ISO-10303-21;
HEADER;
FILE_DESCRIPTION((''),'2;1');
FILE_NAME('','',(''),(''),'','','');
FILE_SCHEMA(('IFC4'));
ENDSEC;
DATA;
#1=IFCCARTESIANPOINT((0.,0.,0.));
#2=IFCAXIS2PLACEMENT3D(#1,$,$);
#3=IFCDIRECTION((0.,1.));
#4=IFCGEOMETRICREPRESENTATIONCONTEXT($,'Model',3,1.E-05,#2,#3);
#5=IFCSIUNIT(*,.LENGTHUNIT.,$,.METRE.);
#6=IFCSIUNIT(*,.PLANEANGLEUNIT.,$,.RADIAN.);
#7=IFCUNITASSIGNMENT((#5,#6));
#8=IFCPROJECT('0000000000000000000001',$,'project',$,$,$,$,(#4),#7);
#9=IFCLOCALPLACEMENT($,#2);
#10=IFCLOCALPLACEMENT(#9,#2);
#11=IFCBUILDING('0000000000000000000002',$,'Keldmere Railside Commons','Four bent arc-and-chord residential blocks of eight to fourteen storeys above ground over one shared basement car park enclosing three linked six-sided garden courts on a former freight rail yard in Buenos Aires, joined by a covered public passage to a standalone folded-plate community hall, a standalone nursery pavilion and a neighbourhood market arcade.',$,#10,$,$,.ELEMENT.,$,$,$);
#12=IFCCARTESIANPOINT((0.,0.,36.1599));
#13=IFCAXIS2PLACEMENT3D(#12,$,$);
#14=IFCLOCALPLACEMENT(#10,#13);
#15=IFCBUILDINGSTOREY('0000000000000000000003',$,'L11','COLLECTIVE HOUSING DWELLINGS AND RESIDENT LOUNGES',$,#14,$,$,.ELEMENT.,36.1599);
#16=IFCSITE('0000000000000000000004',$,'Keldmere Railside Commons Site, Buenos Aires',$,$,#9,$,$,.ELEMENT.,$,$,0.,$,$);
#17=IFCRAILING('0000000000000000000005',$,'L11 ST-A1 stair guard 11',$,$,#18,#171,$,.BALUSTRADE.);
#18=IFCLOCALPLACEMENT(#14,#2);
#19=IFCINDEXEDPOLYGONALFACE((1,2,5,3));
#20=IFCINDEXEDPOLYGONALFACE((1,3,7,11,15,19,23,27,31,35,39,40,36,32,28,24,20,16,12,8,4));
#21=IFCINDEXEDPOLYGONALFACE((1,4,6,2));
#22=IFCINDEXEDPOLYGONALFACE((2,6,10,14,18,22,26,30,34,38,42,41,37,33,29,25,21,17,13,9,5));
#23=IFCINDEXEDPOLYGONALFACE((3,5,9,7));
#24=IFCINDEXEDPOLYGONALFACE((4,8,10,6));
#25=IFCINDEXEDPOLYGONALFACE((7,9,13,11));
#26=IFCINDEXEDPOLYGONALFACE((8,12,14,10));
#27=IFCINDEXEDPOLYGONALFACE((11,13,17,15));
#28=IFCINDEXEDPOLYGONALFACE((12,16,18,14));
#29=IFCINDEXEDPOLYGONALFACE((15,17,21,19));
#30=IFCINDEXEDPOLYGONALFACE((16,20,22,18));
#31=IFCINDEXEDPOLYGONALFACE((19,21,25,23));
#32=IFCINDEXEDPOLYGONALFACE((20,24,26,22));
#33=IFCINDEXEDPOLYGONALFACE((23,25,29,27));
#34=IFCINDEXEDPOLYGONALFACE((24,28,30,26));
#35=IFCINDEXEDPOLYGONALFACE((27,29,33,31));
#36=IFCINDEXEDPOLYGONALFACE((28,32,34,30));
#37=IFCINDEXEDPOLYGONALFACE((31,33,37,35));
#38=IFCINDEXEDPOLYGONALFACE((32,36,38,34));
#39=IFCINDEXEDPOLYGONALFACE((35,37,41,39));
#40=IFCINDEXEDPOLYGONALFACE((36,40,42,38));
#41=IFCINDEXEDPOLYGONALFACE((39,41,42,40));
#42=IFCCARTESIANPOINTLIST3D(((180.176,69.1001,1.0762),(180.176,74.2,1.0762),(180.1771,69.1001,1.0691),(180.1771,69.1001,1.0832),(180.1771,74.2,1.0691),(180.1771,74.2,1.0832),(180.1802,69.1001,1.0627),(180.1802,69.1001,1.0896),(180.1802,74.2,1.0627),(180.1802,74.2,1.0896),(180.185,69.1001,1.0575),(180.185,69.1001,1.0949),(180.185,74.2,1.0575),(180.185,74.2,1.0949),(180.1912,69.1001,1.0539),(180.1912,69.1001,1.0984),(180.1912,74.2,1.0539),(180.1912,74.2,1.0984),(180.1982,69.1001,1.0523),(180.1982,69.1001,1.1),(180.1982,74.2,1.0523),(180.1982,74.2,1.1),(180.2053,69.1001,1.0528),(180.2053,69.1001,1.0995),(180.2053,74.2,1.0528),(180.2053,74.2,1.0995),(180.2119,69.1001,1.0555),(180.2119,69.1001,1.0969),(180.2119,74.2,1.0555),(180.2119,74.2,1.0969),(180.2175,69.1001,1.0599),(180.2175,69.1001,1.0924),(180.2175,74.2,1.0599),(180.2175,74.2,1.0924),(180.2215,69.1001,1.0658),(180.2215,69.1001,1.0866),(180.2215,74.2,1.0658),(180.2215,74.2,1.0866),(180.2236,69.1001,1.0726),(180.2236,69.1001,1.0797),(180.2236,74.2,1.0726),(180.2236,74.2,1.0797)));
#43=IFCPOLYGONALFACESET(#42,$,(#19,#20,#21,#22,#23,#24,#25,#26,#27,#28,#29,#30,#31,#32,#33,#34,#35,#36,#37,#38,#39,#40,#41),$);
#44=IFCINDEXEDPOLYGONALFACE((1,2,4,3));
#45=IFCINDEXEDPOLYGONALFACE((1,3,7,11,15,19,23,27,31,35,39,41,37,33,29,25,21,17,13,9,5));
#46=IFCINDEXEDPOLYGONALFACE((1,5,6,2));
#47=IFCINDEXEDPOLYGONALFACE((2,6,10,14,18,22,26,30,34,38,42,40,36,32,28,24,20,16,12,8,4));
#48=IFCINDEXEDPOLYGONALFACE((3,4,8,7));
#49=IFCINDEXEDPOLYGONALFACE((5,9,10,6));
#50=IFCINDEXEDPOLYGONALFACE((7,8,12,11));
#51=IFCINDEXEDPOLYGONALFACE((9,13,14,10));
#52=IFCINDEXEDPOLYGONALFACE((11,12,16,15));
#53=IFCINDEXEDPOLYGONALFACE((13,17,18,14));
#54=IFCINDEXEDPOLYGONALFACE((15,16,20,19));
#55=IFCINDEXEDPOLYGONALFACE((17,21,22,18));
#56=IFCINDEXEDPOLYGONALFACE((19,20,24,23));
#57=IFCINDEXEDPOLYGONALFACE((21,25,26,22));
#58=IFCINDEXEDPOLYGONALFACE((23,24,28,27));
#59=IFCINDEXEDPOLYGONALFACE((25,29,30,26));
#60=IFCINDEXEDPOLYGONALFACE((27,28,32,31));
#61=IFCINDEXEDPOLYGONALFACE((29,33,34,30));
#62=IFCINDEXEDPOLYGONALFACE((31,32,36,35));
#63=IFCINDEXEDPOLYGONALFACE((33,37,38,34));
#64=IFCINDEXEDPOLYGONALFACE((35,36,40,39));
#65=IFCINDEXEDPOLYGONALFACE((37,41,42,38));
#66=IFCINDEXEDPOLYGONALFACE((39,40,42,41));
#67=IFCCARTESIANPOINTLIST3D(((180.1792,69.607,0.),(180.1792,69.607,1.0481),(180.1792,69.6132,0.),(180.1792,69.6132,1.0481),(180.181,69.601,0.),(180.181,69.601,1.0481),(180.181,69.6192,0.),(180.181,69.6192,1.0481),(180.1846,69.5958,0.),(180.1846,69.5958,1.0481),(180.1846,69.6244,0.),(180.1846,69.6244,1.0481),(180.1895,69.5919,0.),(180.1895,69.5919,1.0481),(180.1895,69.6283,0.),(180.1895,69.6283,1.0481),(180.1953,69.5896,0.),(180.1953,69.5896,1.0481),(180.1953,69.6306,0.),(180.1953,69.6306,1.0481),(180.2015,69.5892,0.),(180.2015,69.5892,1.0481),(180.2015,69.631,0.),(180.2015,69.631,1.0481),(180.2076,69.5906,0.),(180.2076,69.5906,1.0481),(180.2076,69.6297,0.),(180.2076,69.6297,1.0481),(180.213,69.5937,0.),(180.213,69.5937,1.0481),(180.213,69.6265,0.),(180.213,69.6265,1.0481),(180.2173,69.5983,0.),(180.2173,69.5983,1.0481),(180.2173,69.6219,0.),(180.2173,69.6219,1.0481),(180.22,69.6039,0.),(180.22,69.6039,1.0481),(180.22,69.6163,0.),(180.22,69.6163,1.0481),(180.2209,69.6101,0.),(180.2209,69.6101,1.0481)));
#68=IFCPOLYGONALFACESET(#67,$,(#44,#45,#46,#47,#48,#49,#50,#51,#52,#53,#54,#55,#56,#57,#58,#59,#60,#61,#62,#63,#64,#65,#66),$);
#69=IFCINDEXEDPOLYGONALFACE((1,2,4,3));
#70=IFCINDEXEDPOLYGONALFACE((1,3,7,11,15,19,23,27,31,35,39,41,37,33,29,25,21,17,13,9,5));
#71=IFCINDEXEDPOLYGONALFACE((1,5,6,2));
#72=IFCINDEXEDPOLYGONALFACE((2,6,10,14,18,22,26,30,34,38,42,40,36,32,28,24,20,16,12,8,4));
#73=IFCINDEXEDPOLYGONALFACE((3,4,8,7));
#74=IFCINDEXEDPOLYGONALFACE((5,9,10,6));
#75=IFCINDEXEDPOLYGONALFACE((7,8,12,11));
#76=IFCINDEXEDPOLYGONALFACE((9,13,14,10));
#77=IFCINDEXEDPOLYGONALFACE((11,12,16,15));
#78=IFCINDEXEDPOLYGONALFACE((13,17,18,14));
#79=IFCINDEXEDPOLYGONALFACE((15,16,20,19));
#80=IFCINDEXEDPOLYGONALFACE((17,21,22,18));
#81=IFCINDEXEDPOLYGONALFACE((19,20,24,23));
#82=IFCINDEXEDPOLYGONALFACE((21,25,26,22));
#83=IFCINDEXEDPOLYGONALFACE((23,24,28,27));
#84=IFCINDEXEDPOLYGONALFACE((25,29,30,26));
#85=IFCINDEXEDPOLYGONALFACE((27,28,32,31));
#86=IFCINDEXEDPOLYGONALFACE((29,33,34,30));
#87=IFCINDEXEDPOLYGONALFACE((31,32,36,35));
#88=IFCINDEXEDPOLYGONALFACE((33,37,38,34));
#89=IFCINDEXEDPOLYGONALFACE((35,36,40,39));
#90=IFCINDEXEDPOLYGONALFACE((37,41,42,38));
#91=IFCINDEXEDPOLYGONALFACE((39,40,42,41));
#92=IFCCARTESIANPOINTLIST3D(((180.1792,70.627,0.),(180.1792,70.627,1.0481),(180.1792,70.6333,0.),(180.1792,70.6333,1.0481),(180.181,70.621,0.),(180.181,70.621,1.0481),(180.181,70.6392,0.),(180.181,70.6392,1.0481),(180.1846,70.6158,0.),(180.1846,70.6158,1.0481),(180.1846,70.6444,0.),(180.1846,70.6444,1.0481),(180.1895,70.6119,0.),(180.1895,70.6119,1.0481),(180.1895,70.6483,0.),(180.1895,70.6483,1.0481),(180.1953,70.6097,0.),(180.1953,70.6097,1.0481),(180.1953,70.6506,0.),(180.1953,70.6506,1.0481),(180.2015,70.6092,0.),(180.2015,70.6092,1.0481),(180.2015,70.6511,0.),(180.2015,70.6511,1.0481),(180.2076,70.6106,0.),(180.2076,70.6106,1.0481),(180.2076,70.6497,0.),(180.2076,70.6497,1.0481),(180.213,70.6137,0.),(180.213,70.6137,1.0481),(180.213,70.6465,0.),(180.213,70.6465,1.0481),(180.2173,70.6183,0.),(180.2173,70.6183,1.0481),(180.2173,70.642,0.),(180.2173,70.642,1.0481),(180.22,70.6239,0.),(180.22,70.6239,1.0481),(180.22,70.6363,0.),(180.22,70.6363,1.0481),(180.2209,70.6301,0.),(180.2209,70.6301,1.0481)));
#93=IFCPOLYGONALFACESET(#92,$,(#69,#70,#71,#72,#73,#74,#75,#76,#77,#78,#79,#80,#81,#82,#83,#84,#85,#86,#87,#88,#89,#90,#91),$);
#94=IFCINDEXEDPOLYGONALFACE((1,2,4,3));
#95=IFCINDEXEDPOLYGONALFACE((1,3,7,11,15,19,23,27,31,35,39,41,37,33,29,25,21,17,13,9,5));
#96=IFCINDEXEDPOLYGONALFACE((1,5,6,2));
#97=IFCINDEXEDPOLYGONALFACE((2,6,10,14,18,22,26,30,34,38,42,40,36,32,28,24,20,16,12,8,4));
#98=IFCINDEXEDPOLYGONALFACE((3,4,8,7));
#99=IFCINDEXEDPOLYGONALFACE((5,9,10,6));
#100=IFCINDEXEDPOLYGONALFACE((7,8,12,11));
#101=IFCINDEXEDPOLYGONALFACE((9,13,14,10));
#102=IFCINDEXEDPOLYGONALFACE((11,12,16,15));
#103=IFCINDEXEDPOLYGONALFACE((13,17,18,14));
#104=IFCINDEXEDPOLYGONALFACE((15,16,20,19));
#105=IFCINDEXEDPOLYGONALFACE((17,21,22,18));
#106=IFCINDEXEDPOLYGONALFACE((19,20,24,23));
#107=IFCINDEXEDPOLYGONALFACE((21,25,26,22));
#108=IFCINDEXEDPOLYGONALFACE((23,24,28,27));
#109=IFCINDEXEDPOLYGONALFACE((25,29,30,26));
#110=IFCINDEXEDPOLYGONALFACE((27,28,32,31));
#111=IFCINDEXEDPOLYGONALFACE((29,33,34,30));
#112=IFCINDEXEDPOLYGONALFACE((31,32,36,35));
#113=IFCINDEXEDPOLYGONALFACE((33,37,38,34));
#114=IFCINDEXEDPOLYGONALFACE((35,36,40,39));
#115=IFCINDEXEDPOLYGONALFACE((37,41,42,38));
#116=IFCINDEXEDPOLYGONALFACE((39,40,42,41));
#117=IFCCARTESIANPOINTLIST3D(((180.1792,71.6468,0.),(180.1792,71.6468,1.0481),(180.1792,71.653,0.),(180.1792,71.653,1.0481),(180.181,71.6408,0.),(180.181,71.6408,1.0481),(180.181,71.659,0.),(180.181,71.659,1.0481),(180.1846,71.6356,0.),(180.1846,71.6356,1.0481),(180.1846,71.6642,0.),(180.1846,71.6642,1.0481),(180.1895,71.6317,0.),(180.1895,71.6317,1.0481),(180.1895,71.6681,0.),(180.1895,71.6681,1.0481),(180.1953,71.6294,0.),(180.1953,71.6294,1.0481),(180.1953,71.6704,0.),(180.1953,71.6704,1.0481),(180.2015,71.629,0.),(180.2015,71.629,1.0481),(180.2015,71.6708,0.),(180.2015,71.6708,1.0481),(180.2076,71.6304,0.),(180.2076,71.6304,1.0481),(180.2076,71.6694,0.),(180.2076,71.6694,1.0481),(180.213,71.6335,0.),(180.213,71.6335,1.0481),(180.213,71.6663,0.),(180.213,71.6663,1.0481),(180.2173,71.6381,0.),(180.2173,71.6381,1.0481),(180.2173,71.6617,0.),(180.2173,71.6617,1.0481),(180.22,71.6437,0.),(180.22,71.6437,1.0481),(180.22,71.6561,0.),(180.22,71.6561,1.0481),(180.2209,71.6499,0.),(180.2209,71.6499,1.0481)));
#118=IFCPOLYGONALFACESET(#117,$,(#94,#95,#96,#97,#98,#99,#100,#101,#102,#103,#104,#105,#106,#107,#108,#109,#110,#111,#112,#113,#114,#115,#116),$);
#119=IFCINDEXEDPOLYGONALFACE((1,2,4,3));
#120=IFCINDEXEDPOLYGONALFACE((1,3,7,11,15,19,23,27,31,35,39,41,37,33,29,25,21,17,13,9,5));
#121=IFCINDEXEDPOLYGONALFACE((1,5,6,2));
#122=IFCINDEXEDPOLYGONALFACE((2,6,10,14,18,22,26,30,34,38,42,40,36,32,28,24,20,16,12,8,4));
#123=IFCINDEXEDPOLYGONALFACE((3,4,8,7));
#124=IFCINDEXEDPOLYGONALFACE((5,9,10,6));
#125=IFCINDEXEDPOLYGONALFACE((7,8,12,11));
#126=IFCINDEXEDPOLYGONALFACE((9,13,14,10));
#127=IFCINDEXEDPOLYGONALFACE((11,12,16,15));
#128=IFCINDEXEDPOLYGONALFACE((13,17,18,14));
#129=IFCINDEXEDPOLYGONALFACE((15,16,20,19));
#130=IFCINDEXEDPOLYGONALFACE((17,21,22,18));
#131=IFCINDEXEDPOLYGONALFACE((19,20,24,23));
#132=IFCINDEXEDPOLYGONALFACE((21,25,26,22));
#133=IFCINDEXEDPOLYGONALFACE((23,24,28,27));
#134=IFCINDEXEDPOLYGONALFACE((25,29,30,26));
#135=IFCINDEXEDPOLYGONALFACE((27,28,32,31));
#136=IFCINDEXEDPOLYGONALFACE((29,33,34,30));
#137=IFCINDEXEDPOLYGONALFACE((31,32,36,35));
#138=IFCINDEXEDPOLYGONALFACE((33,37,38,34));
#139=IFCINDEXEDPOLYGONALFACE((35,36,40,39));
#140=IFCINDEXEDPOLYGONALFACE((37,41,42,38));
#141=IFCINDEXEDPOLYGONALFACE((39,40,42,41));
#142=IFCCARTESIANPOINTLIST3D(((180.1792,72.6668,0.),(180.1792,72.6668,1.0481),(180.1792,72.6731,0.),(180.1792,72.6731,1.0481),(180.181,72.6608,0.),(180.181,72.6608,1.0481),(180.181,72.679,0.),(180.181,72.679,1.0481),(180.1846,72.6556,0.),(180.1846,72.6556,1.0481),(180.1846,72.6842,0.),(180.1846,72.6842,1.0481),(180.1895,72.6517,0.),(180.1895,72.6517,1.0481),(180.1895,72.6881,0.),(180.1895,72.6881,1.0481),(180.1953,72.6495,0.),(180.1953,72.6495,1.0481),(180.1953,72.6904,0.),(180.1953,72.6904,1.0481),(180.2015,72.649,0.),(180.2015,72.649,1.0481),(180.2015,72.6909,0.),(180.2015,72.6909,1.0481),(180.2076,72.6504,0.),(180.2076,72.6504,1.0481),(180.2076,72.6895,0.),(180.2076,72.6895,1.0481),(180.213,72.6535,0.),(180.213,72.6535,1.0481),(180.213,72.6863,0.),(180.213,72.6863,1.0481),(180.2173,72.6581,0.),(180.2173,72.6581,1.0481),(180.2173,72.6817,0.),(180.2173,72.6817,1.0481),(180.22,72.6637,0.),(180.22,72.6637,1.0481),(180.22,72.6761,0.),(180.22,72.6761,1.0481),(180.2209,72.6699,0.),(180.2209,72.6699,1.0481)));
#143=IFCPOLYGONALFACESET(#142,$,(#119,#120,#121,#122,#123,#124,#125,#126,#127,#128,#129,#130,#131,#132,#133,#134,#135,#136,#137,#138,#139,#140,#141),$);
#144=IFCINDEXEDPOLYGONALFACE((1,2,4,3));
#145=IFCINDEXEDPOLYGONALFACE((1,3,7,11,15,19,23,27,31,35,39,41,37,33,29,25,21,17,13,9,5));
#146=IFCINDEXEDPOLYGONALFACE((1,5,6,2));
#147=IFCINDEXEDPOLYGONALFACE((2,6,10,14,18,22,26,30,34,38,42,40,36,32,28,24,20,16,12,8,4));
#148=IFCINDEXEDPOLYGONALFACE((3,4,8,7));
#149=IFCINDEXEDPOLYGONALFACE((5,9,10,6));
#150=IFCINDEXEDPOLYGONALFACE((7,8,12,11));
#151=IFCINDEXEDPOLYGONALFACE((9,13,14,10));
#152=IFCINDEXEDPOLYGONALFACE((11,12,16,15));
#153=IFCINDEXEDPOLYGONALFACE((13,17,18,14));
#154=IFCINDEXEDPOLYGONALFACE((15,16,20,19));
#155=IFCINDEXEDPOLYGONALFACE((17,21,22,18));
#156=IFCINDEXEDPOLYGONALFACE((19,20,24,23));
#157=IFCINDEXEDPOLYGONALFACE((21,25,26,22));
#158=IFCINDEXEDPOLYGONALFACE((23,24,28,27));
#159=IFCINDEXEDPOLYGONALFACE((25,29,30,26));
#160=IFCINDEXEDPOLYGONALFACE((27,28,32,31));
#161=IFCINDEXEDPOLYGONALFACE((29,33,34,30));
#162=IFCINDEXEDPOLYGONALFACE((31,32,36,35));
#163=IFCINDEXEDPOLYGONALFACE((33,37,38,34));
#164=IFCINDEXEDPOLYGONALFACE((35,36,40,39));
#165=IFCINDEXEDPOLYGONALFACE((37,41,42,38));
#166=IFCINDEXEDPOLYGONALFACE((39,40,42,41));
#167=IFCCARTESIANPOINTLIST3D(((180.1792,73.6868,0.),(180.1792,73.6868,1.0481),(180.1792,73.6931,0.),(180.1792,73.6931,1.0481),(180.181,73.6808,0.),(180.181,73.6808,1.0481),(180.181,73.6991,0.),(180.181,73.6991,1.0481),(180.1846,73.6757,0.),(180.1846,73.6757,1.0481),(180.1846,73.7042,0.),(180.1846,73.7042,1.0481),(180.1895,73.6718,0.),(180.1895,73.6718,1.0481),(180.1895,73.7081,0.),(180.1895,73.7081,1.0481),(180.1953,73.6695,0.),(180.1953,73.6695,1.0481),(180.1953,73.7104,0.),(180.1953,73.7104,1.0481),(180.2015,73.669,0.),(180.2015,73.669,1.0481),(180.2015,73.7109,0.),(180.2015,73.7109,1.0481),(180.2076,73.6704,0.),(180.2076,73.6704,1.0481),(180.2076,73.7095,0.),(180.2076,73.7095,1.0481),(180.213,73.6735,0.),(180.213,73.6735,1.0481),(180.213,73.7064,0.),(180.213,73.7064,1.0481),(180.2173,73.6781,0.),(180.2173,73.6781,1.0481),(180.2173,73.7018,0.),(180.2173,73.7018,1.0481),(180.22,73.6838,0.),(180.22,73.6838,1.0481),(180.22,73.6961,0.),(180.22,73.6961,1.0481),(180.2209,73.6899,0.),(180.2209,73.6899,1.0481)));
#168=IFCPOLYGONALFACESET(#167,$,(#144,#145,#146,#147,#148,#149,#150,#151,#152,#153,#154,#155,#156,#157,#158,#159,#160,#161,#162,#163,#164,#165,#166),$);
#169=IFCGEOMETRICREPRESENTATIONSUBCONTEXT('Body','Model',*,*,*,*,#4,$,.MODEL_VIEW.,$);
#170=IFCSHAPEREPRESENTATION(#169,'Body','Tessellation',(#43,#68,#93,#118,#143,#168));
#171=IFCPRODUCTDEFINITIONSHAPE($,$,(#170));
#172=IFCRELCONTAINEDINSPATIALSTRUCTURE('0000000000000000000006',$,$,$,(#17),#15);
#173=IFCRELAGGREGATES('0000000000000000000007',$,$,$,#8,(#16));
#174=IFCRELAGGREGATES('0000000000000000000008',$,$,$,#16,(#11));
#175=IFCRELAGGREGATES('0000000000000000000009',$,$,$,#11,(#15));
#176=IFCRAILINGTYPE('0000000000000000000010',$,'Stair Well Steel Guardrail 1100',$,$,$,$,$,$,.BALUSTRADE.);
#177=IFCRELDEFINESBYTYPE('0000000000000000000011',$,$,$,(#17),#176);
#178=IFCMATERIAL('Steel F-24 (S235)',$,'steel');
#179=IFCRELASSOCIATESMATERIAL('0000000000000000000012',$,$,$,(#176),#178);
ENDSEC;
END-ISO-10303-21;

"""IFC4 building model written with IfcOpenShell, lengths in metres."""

from ifc_helpers import new_model, si_unit, direction, frame, origin, origin_2d, place, context, subcontext, project, spatial, circle, extrude, material, type_object, element, save


model = new_model("IFC4")

# Units and contexts
model_context = context("Model", 3, precision=1e-05, world=origin(), true_north=direction((0.0, 1.0)))
body_context = subcontext(model_context, "Body", "Model", "MODEL_VIEW")
ifc_project = project(units=[si_unit("LENGTHUNIT", "METRE"), si_unit("PLANEANGLEUNIT", "RADIAN")], contexts=[model_context])

# Site, building, storey
site_placement = place(None, origin())
site = spatial("IfcSite", under=ifc_project, at=site_placement, Name="Keldmere Railside Commons Site, Buenos Aires", CompositionType="ELEMENT", RefElevation=0.0)
building_placement = place(site_placement, origin())
building = spatial("IfcBuilding", under=site, at=building_placement, Name="Keldmere Railside Commons", Description="Four bent arc-and-chord residential blocks of eight to fourteen storeys above ground over one shared basement car park enclosing three linked six-sided garden courts on a former freight rail yard in Buenos Aires, joined by a covered public passage to a standalone folded-plate community hall, a standalone nursery pavilion and a neighbourhood market arcade.", CompositionType="ELEMENT")
storey_placement = place(building_placement, frame((0.0, 0.0, 36.1599)))
storey = spatial("IfcBuildingStorey", under=building, at=storey_placement, Name="L11", Description="COLLECTIVE HOUSING DWELLINGS AND RESIDENT LOUNGES", CompositionType="ELEMENT", Elevation=36.1599)

# Shared definitions
ifc_material_1 = material(Name="Steel F-24 (S235)", Category="steel")

# Railing
railing_type_1 = type_object("IfcRailingType", Name="Stair Well Steel Guardrail 1100", PredefinedType="BALUSTRADE", material=ifc_material_1)
railing_1_placement = place(storey_placement, frame((180.2, 69.1001, 0.0)))
element("IfcRailing", 1, at=railing_1_placement, inside=storey, type_object=railing_type_1, Name="L11 ST-A1 stair guard 11", PredefinedType="BALUSTRADE", context=body_context, shape_type="SweptSolid", body=[
    extrude(circle(Radius=0.0239, at=origin_2d()), frame((0.0, 0.0, 1.0762), z_axis=(0.0, 1.0, 0.0), x_axis=(-1.0, 0.0, 0.0)), (0.0, 0.0, 1.0), 5.0999),
    extrude(circle(Radius=0.021, at=origin_2d()), frame((0.0, 0.51, 0.0)), (0.0, 0.0, 1.0), 1.0481),
    extrude(circle(Radius=0.021, at=origin_2d()), frame((0.0, 1.53, 0.0)), (0.0, 0.0, 1.0), 1.0481),
    extrude(circle(Radius=0.021, at=origin_2d()), frame((0.0, 2.5498, 0.0)), (0.0, 0.0, 1.0), 1.0481),
    extrude(circle(Radius=0.021, at=origin_2d()), frame((0.0, 3.5698, 0.0)), (0.0, 0.0, 1.0), 1.0481),
    extrude(circle(Radius=0.021, at=origin_2d()), frame((0.0, 4.5898, 0.0)), (0.0, 0.0, 1.0), 1.0481),
])

save(model, "model.ifc")
